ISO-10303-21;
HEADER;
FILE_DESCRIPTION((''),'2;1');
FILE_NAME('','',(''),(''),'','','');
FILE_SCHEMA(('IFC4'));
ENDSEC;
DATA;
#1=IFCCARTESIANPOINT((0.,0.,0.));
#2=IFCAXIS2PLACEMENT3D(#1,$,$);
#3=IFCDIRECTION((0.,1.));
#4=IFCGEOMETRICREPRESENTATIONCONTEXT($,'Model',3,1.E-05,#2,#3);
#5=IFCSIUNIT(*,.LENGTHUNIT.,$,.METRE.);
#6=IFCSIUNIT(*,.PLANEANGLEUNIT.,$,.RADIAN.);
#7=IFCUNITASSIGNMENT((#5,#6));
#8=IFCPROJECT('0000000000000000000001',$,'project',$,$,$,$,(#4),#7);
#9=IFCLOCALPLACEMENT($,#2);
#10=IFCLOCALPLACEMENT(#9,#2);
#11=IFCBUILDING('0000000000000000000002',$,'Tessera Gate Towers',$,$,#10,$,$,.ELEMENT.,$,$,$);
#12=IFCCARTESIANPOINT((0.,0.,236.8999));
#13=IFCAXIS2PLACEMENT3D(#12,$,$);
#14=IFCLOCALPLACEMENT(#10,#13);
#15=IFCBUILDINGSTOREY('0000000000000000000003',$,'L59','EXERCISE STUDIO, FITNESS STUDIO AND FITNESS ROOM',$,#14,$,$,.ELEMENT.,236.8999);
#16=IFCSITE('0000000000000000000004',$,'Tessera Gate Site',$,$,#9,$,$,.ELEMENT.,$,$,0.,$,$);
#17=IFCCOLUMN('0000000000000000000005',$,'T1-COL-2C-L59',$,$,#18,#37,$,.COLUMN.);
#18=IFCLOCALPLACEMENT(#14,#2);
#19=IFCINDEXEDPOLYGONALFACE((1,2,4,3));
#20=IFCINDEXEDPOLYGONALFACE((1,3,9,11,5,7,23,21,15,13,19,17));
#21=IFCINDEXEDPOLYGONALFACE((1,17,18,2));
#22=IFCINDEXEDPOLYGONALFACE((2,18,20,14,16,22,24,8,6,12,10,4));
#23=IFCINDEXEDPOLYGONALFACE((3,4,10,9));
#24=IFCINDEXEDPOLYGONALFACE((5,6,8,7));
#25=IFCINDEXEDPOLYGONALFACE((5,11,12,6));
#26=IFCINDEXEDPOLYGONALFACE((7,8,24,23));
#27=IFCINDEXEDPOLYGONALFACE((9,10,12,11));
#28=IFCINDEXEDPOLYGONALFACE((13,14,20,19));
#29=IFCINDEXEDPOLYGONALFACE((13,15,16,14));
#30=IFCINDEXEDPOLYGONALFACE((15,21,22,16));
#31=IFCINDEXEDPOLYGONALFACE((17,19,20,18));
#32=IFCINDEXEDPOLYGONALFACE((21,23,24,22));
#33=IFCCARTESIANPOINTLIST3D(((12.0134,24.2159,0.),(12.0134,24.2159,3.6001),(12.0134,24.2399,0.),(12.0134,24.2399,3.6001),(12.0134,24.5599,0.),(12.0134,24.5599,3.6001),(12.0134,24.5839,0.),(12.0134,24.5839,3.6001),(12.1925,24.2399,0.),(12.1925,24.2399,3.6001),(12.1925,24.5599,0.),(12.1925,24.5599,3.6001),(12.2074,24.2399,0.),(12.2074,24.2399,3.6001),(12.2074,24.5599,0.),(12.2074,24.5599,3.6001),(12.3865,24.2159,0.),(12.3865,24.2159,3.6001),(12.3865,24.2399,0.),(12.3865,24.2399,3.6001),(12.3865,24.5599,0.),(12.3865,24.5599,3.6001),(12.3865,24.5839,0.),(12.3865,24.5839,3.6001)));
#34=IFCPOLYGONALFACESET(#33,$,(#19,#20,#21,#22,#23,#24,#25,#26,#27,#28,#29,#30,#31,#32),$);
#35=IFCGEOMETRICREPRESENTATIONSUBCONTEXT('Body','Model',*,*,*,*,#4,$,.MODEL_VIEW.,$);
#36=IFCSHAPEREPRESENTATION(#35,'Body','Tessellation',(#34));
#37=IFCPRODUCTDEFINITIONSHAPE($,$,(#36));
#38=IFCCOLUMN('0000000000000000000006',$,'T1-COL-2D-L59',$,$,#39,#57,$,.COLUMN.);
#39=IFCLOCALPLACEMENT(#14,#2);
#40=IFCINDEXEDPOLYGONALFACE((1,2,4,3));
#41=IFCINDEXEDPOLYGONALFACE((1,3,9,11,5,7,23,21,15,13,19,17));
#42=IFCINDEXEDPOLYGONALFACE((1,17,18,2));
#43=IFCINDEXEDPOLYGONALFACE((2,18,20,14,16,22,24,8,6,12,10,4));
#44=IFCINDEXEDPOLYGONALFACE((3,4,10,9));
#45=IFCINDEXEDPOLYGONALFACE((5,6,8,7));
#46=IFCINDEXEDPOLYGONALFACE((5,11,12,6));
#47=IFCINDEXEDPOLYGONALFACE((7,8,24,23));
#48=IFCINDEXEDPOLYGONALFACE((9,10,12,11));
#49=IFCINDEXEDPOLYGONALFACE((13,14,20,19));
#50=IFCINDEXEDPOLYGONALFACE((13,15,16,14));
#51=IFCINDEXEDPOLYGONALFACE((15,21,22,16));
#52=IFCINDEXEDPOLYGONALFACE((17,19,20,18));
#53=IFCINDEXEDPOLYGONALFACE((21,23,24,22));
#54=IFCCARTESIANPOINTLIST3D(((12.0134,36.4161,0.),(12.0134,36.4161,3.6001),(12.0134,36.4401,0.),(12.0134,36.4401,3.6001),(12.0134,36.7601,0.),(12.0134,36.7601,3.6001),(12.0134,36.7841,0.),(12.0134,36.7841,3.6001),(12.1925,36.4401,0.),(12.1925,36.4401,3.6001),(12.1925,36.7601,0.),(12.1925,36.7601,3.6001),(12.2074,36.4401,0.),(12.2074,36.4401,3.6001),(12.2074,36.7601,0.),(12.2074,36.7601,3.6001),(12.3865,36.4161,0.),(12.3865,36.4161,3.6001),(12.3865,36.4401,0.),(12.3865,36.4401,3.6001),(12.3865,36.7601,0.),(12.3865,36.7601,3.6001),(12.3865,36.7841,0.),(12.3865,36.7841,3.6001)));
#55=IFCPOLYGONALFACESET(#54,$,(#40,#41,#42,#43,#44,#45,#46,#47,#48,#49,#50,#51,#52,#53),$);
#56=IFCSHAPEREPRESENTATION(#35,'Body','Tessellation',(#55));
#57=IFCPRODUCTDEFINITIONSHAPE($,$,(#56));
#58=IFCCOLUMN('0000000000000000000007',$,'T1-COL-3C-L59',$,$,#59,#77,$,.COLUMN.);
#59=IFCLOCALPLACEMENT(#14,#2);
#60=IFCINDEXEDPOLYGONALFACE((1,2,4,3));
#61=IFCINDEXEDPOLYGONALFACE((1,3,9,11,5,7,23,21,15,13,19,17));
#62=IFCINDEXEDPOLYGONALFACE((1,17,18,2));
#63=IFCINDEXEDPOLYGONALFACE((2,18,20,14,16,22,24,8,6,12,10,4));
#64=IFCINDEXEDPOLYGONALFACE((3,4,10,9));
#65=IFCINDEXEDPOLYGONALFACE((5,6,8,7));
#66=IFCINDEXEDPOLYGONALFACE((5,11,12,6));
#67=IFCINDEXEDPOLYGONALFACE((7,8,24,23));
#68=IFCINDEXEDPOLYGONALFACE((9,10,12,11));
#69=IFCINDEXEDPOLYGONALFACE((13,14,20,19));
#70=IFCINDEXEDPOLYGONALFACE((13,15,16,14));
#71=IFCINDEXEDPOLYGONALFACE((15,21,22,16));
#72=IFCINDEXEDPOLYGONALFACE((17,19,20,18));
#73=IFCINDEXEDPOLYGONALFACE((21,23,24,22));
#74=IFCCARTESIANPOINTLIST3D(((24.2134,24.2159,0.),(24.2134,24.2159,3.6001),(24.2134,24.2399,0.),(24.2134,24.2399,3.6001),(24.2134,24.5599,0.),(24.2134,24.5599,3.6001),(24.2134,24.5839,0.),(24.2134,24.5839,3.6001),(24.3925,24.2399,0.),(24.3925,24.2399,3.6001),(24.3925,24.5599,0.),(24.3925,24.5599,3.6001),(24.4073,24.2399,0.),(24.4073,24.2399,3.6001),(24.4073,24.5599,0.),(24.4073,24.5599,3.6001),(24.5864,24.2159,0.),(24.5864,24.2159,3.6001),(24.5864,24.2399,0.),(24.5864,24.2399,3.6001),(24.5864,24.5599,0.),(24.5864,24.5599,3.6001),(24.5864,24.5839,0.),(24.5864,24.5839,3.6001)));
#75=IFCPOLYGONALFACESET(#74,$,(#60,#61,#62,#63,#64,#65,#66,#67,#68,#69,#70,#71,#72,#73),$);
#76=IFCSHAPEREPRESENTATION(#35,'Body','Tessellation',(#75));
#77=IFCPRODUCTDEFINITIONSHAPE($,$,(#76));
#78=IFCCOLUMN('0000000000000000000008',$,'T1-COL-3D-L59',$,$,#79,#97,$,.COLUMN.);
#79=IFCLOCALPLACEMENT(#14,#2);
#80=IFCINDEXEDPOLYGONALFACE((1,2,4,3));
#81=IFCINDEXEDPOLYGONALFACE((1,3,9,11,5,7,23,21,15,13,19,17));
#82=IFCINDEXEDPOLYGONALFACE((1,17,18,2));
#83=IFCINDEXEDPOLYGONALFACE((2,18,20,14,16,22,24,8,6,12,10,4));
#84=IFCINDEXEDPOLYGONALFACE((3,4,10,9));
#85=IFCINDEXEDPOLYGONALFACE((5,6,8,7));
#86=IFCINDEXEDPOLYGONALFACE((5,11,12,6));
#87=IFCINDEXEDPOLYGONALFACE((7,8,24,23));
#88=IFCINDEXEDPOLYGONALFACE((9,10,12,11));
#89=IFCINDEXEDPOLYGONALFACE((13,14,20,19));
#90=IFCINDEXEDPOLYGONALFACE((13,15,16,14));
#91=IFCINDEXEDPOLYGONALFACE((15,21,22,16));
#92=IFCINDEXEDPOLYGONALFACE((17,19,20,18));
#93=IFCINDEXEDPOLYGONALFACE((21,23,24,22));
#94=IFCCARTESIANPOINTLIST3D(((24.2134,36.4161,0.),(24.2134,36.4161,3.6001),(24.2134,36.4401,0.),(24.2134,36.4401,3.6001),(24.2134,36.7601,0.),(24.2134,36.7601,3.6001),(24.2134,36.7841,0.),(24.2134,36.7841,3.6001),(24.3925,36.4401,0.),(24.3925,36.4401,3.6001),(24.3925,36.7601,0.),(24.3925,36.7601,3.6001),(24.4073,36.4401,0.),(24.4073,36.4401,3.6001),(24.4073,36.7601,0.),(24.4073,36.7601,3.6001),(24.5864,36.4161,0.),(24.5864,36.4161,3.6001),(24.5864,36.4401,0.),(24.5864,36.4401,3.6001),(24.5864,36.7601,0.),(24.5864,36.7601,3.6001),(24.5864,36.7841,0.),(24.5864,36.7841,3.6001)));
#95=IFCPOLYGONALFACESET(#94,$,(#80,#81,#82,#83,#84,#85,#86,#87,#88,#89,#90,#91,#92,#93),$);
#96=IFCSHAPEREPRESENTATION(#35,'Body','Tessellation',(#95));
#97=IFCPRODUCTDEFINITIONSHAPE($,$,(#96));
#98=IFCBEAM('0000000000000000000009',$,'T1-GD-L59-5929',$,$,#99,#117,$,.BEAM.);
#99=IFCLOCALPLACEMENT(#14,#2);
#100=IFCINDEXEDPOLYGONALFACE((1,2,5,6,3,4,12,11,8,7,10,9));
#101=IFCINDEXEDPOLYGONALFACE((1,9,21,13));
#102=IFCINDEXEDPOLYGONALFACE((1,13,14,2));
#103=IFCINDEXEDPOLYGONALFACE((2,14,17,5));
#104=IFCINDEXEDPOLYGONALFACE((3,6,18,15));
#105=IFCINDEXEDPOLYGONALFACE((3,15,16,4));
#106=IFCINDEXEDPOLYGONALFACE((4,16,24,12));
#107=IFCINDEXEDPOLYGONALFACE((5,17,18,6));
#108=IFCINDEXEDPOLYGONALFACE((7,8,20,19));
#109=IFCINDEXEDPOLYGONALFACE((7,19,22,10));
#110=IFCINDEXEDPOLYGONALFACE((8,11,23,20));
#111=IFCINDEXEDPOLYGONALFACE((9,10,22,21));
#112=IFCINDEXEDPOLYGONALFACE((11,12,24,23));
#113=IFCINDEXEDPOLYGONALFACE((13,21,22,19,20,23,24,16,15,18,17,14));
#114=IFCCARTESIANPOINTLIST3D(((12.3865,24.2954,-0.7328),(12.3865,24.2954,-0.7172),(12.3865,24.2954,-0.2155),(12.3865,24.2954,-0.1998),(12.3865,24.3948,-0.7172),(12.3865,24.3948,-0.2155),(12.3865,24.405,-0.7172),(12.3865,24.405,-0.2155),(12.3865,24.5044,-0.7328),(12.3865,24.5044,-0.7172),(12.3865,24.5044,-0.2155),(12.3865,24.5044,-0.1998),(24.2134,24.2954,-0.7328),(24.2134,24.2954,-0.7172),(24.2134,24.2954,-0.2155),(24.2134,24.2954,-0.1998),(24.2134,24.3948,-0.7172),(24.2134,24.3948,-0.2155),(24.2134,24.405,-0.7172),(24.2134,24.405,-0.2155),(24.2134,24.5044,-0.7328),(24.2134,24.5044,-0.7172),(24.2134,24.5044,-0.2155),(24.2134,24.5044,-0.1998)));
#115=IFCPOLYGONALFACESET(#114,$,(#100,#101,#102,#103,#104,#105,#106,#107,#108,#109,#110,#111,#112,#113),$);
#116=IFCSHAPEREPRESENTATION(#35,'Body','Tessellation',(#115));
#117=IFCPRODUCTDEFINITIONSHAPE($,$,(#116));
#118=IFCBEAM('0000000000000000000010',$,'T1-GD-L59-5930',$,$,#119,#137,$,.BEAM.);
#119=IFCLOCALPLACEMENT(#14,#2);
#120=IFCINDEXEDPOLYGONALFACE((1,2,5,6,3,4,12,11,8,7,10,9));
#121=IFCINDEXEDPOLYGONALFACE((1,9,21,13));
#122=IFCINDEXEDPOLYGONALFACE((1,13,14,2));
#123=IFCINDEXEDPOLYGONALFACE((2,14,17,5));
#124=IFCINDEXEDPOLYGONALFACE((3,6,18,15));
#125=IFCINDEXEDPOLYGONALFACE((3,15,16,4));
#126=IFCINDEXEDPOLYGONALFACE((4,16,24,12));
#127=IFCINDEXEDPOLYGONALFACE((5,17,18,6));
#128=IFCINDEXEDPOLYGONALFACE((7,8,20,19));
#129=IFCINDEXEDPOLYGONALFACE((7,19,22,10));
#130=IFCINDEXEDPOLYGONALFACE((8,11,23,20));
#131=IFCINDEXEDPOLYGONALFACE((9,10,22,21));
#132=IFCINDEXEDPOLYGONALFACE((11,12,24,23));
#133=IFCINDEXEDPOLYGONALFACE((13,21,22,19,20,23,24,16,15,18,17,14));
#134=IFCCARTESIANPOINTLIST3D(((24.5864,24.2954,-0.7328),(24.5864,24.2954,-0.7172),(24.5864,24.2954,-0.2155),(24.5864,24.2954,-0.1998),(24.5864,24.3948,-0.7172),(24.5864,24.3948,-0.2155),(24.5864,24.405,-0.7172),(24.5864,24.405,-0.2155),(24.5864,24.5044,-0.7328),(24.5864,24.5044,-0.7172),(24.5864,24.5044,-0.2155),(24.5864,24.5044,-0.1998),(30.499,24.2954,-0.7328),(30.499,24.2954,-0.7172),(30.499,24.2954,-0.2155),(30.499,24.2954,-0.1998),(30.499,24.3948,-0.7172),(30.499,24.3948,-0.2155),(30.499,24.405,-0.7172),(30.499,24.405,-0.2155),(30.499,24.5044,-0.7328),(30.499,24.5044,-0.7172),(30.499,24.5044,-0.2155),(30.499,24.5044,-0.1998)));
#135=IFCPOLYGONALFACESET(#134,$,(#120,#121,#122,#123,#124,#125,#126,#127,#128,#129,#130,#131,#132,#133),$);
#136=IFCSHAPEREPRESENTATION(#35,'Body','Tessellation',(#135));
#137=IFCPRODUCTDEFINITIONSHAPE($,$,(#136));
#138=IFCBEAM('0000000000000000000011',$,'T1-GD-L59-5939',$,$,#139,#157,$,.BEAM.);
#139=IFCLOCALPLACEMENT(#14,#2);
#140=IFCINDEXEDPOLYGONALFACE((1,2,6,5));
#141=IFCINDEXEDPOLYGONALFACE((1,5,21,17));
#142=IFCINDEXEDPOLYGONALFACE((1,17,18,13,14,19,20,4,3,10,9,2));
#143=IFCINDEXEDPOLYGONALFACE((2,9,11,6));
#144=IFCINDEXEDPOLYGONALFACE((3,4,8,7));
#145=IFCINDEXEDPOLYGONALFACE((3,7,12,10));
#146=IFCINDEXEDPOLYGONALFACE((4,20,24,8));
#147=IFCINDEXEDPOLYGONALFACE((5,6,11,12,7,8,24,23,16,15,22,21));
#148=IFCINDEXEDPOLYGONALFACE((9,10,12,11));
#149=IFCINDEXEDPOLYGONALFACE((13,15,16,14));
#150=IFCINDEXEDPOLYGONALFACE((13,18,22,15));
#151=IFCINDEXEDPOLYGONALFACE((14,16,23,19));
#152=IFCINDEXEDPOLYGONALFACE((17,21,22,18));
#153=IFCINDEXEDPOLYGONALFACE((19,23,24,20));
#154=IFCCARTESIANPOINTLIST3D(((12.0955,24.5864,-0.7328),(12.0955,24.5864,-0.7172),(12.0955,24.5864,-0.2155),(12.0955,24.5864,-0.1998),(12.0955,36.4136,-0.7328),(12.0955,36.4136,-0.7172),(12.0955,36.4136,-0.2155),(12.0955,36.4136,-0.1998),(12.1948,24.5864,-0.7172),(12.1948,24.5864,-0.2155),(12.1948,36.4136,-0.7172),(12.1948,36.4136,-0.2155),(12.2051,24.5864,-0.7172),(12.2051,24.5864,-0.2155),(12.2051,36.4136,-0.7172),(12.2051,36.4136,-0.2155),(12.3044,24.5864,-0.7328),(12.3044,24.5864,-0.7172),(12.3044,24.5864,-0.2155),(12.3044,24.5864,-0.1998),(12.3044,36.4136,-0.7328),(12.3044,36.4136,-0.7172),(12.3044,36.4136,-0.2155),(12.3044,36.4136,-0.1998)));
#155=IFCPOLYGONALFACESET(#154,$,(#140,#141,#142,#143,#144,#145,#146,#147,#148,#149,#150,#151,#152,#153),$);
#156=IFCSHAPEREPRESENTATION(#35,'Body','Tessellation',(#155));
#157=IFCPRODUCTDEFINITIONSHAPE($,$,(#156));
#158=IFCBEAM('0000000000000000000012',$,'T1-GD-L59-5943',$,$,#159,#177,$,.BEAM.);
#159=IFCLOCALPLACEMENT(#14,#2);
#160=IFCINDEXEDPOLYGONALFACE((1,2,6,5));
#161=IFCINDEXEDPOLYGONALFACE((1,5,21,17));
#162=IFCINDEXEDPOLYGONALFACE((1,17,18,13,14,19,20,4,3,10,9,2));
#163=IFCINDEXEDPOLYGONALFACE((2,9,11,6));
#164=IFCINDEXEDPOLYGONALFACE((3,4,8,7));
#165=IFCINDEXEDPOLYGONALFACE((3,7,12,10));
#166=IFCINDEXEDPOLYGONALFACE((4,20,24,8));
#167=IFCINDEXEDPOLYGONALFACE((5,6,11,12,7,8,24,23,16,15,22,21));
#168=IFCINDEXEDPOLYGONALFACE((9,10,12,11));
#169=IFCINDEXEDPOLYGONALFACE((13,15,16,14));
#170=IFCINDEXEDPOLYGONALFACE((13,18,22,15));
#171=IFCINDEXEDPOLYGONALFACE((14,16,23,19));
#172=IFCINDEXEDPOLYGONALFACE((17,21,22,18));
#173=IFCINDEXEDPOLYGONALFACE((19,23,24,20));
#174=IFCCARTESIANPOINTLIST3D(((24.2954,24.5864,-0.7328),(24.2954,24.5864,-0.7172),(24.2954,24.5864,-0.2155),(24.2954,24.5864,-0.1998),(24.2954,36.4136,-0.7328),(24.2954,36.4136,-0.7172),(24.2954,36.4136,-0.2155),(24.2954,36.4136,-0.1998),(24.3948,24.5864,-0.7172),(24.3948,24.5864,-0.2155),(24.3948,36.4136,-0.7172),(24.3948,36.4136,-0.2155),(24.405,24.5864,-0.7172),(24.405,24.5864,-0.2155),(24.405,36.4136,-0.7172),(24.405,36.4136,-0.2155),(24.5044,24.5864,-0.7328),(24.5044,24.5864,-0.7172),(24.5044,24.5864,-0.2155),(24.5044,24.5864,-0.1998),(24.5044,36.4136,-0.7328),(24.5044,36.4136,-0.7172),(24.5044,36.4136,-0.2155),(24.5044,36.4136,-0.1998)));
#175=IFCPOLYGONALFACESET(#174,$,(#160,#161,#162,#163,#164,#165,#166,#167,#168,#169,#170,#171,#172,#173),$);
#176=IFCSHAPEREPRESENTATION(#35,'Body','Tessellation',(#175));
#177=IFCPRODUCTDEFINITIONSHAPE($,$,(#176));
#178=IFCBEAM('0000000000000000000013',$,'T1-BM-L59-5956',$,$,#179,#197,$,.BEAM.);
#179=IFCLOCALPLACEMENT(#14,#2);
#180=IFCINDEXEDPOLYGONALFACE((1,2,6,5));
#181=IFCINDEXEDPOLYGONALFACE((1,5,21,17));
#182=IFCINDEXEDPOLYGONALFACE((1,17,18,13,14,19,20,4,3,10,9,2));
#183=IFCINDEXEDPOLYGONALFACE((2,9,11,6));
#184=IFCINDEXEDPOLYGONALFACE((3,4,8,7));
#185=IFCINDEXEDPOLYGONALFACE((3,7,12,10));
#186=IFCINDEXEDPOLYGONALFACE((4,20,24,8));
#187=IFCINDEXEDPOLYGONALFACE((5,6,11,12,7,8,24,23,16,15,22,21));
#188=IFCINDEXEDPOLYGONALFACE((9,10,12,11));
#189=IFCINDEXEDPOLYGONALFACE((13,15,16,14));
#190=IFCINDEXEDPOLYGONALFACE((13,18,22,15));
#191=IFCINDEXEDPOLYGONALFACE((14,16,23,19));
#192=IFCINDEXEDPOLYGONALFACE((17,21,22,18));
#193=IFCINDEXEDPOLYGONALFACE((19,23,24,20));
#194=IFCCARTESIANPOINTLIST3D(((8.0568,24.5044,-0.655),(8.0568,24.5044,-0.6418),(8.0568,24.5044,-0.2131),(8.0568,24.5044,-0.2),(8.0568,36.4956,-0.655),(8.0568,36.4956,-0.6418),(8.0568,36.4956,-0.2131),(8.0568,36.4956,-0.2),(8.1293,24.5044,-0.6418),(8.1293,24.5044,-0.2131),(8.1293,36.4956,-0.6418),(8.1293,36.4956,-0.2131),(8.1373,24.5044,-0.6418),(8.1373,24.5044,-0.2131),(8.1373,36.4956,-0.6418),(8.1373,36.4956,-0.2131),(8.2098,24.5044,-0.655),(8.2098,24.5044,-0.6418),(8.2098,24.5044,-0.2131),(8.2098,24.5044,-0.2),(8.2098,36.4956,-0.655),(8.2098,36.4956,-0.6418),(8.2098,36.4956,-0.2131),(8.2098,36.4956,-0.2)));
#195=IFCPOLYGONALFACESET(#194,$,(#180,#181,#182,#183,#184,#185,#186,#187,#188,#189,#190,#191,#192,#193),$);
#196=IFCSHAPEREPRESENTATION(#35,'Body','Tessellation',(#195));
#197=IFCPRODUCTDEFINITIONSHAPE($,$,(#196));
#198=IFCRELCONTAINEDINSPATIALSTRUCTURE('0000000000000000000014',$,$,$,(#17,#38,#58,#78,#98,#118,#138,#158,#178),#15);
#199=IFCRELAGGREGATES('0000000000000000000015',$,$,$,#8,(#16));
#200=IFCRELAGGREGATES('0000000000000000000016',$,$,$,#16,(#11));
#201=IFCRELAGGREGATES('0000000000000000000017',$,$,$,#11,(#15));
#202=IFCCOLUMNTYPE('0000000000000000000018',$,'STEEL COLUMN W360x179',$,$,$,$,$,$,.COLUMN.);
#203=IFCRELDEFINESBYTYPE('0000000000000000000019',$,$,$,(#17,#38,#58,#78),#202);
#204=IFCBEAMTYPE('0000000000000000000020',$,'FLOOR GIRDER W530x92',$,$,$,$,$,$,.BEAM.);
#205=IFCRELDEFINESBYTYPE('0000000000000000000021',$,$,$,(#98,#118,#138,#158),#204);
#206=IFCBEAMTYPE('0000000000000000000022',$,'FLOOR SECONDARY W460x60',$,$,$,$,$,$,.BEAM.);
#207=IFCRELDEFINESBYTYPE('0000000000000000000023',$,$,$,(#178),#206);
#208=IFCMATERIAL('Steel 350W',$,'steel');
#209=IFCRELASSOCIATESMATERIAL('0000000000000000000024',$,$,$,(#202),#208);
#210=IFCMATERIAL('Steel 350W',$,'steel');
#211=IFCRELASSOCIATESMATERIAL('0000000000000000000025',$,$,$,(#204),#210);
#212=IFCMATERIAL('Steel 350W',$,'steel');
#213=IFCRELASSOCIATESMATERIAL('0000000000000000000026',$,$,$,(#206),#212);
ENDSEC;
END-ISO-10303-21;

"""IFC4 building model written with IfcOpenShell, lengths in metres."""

from ifc_helpers import new_model, si_unit, direction, frame, origin, origin_2d, place, context, subcontext, project, spatial, i_section, extrude, material, material_profile, profile_set, type_object, element, save


model = new_model("IFC4")

# Units and contexts
model_context = context("Model", 3, precision=1e-05, world=origin(), true_north=direction((0.0, 1.0)))
body_context = subcontext(model_context, "Body", "Model", "MODEL_VIEW")
ifc_project = project(units=[si_unit("LENGTHUNIT", "METRE"), si_unit("PLANEANGLEUNIT", "RADIAN")], contexts=[model_context])

# Site, building, storey
site_placement = place(None, origin())
site = spatial("IfcSite", under=ifc_project, at=site_placement, Name="Tessera Gate Site", CompositionType="ELEMENT", RefElevation=0.0)
building_placement = place(site_placement, origin())
building = spatial("IfcBuilding", under=site, at=building_placement, Name="Tessera Gate Towers", CompositionType="ELEMENT")
storey_placement = place(building_placement, frame((0.0, 0.0, 236.8999)))
storey = spatial("IfcBuildingStorey", under=building, at=storey_placement, Name="L59", Description="EXERCISE STUDIO, FITNESS STUDIO AND FITNESS ROOM", CompositionType="ELEMENT", Elevation=236.8999)

# Columns
ifc_material_1 = material(Name="Steel 350W", Category="steel")
ifc_material_profile_1 = material_profile(ifc_material_1, i_section(OverallWidth=0.373, OverallDepth=0.3679, WebThickness=0.0149, FlangeThickness=0.0239, at=origin_2d()), Name="W360x179")
ifc_profile_set_1 = profile_set([ifc_material_profile_1], Name="Steel 350W")
column_type = type_object("IfcColumnType", Name="STEEL COLUMN W360x179", PredefinedType="COLUMN", material=ifc_profile_set_1)
for number, where, z_axis, x_axis, name in (
    (1, (12.2, 24.3999, 0.0), (0.0, 0.0, 1.0), (1.0, 0.0, 0.0), "T1-COL-2C-L59"),
    (2, (12.2, 36.6001, 0.0), (0.0, 0.0, 1.0), (1.0, 0.0, 0.0), "T1-COL-2D-L59"),
    (3, (24.3999, 24.3999, 0.0), (0.0, 0.0, 1.0), (1.0, 0.0, 0.0), "T1-COL-3C-L59"),
    (4, (24.3999, 36.6001, 0.0), (0.0, 0.0, 1.0), (1.0, 0.0, 0.0), "T1-COL-3D-L59"),
):
    element("IfcColumn", number, at=place(storey_placement, frame(where, z_axis=z_axis, x_axis=x_axis)), inside=storey, type_object=column_type, Name=name, PredefinedType="COLUMN", context=body_context, shape_type="SweptSolid", body=[
        extrude(i_section(OverallWidth=0.373, OverallDepth=0.3679, WebThickness=0.0149, FlangeThickness=0.0239, at=origin_2d()), origin(), (0.0, 0.0, 1.0), 3.6001),
    ])

# Beams
ifc_material_2 = material(Name="Steel 350W", Category="steel")
ifc_material_profile_2 = material_profile(ifc_material_2, i_section(OverallWidth=0.209, OverallDepth=0.533, WebThickness=0.0103, FlangeThickness=0.0156, at=origin_2d()), Name="W530x92")
ifc_profile_set_2 = profile_set([ifc_material_profile_2], Name="Steel 350W")
beam_type_1 = type_object("IfcBeamType", Name="FLOOR GIRDER W530x92", PredefinedType="BEAM", material=ifc_profile_set_2)
beam_1_placement = place(storey_placement, frame((12.3865, 24.3999, -0.4663), z_axis=(1.0, 0.0, 0.0), x_axis=(0.0, 1.0, 0.0)))
element("IfcBeam", 5, at=beam_1_placement, inside=storey, type_object=beam_type_1, Name="T1-GD-L59-5929", PredefinedType="BEAM", context=body_context, shape_type="SweptSolid", body=[
    extrude(i_section(OverallWidth=0.209, OverallDepth=0.533, WebThickness=0.0103, FlangeThickness=0.0156, at=origin_2d()), origin(), (0.0, 0.0, 1.0), 11.8269),
])
beam_2_placement = place(storey_placement, frame((24.5864, 24.3999, -0.4663), z_axis=(1.0, 0.0, 0.0), x_axis=(0.0, 1.0, 0.0)))
element("IfcBeam", 6, at=beam_2_placement, inside=storey, type_object=beam_type_1, Name="T1-GD-L59-5930", PredefinedType="BEAM", context=body_context, shape_type="SweptSolid", body=[
    extrude(i_section(OverallWidth=0.209, OverallDepth=0.533, WebThickness=0.0103, FlangeThickness=0.0156, at=origin_2d()), origin(), (0.0, 0.0, 1.0), 5.9126),
])
for number, where, z_axis, x_axis, name in (
    (7, (12.2, 24.5864, -0.4663), (0.0, 1.0, 0.0), (-1.0, 0.0, 0.0), "T1-GD-L59-5939"),
    (8, (24.3999, 24.5864, -0.4663), (0.0, 1.0, 0.0), (-1.0, 0.0, 0.0), "T1-GD-L59-5943"),
):
    element("IfcBeam", number, at=place(storey_placement, frame(where, z_axis=z_axis, x_axis=x_axis)), inside=storey, type_object=beam_type_1, Name=name, PredefinedType="BEAM", context=body_context, shape_type="SweptSolid", body=[
        extrude(i_section(OverallWidth=0.209, OverallDepth=0.533, WebThickness=0.0103, FlangeThickness=0.0156, at=origin_2d()), origin(), (0.0, 0.0, 1.0), 11.8271),
    ])
ifc_material_3 = material(Name="Steel 350W", Category="steel")
ifc_material_profile_3 = material_profile(ifc_material_3, i_section(OverallWidth=0.1531, OverallDepth=0.4551, WebThickness=0.0081, FlangeThickness=0.0132, at=origin_2d()), Name="W460x60")
ifc_profile_set_3 = profile_set([ifc_material_profile_3], Name="Steel 350W")
beam_type_2 = type_object("IfcBeamType", Name="FLOOR SECONDARY W460x60", PredefinedType="BEAM", material=ifc_profile_set_3)
beam_3_placement = place(storey_placement, frame((8.1333, 24.5044, -0.4275), z_axis=(0.0, 1.0, 0.0), x_axis=(-1.0, 0.0, 0.0)))
element("IfcBeam", 9, at=beam_3_placement, inside=storey, type_object=beam_type_2, Name="T1-BM-L59-5956", PredefinedType="BEAM", context=body_context, shape_type="SweptSolid", body=[
    extrude(i_section(OverallWidth=0.1531, OverallDepth=0.4551, WebThickness=0.0081, FlangeThickness=0.0132, at=origin_2d()), origin(), (0.0, 0.0, 1.0), 11.9912),
])

save(model, "model.ifc")
